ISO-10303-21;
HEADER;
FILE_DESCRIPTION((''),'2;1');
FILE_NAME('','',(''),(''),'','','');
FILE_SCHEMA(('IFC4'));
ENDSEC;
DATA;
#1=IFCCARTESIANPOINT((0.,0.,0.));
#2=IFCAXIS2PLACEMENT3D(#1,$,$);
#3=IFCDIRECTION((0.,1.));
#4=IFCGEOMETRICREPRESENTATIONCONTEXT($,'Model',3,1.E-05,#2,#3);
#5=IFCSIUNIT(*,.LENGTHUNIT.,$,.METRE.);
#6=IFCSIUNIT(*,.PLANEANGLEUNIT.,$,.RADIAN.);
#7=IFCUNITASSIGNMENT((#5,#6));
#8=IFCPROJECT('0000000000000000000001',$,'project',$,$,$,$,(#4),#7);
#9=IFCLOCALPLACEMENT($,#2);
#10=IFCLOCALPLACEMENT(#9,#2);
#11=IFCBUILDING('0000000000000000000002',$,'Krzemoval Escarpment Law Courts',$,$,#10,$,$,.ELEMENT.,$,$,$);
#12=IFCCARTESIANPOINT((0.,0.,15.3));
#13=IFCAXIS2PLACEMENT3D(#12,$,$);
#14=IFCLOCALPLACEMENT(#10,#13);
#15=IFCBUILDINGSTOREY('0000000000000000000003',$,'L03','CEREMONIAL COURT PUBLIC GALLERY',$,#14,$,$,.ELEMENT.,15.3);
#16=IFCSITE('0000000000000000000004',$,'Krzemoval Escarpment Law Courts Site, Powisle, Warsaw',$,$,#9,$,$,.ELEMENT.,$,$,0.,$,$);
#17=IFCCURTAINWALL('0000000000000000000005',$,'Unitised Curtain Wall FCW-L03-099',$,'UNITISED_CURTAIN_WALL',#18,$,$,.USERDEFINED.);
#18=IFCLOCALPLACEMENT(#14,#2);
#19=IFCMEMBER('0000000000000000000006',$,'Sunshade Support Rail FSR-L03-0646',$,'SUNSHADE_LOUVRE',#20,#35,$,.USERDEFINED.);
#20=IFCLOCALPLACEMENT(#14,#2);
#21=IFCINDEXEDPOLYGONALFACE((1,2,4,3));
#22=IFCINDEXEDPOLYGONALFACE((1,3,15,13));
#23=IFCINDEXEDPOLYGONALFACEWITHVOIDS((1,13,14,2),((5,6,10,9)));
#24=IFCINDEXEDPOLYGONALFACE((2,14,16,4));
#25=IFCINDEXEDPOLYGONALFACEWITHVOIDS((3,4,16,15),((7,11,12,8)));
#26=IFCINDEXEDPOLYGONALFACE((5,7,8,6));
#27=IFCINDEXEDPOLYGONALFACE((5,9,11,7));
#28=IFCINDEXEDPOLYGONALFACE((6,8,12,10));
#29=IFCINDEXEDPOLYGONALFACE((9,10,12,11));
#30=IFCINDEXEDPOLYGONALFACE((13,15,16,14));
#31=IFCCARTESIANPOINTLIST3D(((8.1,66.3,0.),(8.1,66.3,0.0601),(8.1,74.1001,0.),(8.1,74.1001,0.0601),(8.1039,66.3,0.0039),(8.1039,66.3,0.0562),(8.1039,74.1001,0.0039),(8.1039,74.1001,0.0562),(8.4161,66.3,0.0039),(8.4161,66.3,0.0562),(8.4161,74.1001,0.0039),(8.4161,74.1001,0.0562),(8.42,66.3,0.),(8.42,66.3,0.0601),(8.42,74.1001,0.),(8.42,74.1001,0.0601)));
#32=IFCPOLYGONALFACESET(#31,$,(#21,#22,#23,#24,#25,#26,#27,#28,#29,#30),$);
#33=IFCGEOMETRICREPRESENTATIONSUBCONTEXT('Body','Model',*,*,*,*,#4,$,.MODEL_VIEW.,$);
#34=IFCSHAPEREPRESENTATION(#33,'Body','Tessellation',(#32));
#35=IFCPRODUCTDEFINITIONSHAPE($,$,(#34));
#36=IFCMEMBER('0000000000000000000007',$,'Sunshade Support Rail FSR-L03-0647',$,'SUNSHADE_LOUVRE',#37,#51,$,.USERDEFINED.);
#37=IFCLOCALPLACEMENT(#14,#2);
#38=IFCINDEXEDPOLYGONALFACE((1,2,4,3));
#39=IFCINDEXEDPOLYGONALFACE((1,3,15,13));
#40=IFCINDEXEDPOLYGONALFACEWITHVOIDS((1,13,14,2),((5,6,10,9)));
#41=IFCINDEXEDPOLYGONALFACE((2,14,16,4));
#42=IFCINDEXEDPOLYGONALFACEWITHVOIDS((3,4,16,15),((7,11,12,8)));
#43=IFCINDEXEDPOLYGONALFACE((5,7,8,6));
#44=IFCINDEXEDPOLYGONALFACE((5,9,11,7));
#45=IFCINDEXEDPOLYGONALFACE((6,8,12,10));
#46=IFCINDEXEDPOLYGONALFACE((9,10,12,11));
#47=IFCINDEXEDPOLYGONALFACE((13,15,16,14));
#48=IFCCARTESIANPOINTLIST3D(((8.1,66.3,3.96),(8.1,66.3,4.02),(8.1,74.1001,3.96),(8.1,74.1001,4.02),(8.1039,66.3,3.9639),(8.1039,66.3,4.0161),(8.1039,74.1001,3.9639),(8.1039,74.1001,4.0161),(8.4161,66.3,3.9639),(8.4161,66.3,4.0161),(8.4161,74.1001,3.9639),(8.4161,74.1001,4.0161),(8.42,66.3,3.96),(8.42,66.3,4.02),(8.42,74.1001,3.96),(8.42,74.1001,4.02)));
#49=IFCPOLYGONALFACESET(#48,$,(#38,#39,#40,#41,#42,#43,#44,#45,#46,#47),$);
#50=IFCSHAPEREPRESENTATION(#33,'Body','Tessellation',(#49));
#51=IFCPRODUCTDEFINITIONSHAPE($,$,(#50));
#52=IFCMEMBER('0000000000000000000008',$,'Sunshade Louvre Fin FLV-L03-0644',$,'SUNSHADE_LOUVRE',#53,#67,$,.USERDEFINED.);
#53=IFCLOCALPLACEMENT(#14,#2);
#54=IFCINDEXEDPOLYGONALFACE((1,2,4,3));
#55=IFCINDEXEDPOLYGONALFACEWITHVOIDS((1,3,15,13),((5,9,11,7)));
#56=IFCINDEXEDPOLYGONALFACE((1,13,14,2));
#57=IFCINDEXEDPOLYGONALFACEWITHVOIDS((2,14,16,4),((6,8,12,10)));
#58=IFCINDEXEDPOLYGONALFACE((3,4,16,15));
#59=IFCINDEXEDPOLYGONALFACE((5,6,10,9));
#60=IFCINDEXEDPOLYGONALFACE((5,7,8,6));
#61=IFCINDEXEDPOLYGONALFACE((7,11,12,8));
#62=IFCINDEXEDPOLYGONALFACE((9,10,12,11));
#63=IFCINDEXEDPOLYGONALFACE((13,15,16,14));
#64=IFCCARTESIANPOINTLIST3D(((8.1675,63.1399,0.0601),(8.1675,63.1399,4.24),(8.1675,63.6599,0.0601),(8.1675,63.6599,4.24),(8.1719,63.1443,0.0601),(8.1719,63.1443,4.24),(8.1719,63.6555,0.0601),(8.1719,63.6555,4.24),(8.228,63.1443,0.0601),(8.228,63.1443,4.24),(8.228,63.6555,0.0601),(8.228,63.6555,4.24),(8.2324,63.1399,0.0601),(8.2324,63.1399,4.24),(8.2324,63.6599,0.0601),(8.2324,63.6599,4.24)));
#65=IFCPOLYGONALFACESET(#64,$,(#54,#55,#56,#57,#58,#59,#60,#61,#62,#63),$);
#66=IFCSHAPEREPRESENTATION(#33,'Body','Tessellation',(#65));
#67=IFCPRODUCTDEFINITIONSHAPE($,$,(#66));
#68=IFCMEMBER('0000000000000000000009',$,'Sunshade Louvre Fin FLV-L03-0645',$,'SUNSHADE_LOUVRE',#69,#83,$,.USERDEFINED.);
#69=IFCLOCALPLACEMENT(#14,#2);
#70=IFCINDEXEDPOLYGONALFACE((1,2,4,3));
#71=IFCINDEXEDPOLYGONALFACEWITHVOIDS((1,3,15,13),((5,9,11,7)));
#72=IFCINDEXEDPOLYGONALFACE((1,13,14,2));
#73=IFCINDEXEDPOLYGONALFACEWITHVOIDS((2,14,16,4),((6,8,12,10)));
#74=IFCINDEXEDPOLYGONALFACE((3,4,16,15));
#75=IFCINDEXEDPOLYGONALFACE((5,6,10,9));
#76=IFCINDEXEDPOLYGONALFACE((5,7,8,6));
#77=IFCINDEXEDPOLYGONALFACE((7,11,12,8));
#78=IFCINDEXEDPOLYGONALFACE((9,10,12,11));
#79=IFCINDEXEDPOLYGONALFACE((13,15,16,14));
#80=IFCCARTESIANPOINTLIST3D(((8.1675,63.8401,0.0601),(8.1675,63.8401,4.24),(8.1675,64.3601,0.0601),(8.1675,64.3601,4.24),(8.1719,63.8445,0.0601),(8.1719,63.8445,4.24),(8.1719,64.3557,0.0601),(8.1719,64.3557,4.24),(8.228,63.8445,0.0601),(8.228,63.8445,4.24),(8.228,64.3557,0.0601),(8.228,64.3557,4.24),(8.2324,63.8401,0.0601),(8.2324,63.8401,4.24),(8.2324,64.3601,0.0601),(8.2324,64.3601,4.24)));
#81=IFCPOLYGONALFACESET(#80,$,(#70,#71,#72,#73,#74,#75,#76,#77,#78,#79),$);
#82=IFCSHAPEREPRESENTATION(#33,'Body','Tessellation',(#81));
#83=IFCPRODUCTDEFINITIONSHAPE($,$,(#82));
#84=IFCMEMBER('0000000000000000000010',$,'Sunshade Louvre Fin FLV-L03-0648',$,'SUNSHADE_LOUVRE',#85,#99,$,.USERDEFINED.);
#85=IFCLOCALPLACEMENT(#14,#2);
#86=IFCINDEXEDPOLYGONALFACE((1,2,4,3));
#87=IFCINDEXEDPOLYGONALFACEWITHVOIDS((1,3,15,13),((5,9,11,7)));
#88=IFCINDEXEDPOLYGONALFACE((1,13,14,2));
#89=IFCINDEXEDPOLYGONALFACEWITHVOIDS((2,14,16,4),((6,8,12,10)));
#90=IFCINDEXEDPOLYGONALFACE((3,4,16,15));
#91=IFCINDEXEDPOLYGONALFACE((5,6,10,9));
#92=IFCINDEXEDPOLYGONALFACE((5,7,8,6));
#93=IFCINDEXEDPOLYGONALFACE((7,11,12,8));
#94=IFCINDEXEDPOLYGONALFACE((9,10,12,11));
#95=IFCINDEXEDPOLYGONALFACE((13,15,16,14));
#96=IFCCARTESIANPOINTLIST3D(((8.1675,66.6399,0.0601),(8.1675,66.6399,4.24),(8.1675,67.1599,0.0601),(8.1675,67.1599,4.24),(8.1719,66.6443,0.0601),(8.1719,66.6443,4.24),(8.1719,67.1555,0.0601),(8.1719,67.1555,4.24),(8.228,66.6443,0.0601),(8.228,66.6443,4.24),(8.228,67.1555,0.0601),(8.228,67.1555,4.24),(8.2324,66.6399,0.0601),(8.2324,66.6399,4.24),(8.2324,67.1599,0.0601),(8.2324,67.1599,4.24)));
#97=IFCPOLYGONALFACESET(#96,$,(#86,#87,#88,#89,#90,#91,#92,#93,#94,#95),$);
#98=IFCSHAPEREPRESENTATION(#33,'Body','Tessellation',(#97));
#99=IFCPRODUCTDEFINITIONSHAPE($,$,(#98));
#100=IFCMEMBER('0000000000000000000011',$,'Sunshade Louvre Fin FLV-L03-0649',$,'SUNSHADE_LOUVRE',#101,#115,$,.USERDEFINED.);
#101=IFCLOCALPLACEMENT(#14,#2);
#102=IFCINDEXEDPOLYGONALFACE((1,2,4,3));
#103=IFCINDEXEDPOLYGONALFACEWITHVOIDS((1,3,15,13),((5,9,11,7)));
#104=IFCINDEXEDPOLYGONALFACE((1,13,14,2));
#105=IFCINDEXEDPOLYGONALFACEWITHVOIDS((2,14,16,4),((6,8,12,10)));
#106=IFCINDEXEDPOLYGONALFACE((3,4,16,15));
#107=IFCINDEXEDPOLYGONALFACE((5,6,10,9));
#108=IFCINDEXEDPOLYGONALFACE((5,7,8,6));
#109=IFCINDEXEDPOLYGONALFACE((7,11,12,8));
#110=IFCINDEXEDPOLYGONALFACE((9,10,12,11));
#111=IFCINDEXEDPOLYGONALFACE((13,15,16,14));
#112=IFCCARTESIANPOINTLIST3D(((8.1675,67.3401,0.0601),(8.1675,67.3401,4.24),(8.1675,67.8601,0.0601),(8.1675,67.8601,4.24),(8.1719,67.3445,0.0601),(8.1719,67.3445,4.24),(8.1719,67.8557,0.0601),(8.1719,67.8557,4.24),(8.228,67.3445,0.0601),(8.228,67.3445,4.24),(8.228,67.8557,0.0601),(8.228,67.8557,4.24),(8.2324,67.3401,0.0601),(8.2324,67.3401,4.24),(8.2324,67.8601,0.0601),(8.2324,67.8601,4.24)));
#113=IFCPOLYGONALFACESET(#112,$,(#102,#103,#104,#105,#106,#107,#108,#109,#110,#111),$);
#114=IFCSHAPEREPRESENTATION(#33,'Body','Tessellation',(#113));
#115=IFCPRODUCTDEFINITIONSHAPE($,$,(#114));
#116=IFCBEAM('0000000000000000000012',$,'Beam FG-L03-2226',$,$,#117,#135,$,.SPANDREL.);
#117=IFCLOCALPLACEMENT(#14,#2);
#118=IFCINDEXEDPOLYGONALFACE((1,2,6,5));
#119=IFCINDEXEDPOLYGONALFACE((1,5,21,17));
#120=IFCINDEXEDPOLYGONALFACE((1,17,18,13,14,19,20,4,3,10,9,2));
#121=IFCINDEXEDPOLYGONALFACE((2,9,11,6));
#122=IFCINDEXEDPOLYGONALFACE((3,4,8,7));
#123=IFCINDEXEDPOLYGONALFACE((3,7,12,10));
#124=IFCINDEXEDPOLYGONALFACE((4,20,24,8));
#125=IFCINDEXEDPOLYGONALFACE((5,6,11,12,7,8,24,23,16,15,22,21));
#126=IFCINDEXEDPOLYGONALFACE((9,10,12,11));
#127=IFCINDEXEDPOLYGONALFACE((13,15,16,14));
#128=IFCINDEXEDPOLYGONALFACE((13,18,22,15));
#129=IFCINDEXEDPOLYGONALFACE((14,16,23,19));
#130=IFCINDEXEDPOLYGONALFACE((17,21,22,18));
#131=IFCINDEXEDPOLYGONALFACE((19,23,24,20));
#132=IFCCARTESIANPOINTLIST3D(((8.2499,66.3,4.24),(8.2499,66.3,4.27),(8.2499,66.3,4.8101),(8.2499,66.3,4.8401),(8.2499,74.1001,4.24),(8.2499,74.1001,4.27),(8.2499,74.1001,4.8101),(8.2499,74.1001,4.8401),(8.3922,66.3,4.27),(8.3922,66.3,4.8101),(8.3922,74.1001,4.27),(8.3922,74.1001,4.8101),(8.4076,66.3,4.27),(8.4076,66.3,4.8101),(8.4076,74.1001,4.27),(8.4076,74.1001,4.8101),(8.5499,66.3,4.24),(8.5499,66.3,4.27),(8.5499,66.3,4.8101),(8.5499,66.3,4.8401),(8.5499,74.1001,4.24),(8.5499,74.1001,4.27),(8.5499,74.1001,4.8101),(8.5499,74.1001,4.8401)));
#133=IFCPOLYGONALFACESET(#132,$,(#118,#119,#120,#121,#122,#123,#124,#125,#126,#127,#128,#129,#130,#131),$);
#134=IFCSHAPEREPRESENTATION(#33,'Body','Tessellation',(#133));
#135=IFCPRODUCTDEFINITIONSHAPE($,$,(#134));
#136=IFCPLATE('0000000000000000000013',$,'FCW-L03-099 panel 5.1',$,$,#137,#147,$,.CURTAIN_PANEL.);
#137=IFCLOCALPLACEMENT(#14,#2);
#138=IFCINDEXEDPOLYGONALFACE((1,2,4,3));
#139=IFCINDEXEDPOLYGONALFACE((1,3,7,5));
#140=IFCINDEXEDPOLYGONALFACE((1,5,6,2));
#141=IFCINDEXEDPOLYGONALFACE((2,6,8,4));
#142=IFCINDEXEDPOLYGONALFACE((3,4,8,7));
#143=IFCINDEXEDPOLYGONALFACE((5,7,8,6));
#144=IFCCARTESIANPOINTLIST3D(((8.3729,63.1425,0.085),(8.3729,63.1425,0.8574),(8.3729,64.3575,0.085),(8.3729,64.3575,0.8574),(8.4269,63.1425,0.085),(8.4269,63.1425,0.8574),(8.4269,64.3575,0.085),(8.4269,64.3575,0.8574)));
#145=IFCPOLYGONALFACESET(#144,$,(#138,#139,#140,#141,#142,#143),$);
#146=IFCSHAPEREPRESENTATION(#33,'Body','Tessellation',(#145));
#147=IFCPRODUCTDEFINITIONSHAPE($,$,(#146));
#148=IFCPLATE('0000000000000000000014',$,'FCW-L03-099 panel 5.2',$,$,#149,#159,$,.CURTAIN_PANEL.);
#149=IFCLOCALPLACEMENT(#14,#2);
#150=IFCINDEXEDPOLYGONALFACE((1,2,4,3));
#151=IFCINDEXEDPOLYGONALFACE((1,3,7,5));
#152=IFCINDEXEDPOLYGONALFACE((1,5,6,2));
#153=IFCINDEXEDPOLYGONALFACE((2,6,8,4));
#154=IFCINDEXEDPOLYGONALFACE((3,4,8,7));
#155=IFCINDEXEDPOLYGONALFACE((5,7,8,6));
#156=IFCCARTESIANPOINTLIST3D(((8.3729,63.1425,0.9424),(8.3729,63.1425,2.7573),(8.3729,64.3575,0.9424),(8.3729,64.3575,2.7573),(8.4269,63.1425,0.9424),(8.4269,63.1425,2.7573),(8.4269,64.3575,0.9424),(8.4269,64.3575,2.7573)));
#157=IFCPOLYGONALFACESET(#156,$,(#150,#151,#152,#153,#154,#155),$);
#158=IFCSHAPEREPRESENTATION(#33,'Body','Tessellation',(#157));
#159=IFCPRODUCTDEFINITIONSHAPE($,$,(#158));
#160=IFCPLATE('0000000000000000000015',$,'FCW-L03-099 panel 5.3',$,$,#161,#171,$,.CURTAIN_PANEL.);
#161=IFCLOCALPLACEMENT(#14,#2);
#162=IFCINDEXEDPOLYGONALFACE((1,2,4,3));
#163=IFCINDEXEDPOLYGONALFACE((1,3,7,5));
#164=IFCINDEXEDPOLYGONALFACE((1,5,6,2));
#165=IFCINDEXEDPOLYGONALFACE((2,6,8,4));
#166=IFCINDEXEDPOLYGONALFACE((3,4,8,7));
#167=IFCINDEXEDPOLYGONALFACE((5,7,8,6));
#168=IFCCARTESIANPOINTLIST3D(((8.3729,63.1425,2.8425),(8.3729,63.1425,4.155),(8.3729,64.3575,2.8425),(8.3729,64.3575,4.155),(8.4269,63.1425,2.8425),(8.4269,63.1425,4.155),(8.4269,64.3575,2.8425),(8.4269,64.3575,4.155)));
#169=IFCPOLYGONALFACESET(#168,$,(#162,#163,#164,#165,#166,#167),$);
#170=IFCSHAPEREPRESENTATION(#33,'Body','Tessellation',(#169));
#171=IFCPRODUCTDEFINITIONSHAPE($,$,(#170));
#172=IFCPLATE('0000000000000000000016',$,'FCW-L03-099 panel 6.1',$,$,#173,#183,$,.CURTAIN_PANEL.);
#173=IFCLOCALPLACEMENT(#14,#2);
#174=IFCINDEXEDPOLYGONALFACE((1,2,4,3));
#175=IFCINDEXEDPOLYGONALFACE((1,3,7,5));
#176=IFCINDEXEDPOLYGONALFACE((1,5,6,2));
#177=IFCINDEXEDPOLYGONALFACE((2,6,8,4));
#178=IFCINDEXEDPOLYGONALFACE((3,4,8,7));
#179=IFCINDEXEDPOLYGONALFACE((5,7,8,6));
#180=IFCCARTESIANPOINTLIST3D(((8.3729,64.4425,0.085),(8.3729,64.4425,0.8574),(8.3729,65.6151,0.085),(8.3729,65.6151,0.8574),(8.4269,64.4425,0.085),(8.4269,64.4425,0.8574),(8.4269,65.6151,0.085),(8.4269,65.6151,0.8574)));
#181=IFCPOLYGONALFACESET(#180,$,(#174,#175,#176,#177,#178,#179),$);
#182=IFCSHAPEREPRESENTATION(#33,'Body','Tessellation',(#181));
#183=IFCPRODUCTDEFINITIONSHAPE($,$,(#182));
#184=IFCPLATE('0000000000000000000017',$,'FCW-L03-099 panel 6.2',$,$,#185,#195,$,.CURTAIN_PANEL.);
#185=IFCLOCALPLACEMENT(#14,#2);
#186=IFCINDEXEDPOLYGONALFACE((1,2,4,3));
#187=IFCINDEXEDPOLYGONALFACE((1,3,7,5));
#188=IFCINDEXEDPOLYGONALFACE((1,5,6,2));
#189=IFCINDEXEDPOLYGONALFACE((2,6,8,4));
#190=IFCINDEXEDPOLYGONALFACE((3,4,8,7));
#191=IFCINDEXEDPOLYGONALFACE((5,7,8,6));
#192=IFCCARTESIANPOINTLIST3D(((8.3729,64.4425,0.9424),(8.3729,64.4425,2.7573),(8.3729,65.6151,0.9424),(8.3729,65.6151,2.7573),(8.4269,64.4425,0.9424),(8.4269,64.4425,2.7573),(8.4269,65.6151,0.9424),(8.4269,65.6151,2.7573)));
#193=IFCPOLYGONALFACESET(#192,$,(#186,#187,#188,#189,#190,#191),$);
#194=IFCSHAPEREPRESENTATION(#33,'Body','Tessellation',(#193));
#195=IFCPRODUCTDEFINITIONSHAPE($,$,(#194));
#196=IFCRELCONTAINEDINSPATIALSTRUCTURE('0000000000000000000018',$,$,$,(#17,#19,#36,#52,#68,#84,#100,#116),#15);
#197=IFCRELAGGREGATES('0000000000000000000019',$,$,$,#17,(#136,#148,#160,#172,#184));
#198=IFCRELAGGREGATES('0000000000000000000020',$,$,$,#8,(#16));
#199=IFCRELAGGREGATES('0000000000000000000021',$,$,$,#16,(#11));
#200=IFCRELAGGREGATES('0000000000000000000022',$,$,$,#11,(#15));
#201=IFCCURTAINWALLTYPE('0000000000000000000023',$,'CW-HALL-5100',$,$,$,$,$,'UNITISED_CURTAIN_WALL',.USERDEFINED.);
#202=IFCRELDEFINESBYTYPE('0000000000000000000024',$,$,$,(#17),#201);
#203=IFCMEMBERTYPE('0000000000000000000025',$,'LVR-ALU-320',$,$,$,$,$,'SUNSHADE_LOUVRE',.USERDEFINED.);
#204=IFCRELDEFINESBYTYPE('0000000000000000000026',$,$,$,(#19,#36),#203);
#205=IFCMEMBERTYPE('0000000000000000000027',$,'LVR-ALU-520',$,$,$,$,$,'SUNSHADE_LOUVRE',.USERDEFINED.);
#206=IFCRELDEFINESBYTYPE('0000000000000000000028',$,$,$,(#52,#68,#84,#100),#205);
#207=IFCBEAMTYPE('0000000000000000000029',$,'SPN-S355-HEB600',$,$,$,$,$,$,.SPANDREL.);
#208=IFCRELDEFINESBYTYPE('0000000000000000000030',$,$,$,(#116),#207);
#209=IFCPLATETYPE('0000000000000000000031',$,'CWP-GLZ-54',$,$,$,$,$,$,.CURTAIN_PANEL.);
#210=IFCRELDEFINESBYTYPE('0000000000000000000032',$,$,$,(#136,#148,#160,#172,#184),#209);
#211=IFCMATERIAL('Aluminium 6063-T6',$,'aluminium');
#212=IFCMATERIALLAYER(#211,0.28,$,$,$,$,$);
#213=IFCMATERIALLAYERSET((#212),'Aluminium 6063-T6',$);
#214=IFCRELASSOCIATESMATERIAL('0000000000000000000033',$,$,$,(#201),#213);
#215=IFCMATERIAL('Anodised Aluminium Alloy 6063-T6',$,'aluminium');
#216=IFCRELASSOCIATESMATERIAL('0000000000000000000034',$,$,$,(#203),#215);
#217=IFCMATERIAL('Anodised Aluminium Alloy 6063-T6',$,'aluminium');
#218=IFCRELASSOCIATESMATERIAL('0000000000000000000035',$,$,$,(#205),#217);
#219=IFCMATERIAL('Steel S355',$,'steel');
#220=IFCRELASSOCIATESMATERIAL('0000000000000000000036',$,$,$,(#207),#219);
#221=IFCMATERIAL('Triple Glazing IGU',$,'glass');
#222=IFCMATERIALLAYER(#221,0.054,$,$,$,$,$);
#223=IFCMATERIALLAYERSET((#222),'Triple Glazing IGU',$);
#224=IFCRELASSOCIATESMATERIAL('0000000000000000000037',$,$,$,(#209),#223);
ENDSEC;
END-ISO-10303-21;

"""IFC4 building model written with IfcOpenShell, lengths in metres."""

from ifc_helpers import new_model, si_unit, direction, frame, origin, origin_2d, place, context, subcontext, project, spatial, rectangle, hollow_rectangle, i_section, extrude, material, layer, layer_set, material_profile, profile_set, type_object, element, aggregate, save


model = new_model("IFC4")

# Units and contexts
model_context = context("Model", 3, precision=1e-05, world=origin(), true_north=direction((0.0, 1.0)))
body_context = subcontext(model_context, "Body", "Model", "MODEL_VIEW")
ifc_project = project(units=[si_unit("LENGTHUNIT", "METRE"), si_unit("PLANEANGLEUNIT", "RADIAN")], contexts=[model_context])

# Site, building, storey
site_placement = place(None, origin())
site = spatial("IfcSite", under=ifc_project, at=site_placement, Name="Krzemoval Escarpment Law Courts Site, Powisle, Warsaw", CompositionType="ELEMENT", RefElevation=0.0)
building_placement = place(site_placement, origin())
building = spatial("IfcBuilding", under=site, at=building_placement, Name="Krzemoval Escarpment Law Courts", CompositionType="ELEMENT")
storey_placement = place(building_placement, frame((0.0, 0.0, 15.3)))
storey = spatial("IfcBuildingStorey", under=building, at=storey_placement, Name="L03", Description="CEREMONIAL COURT PUBLIC GALLERY", CompositionType="ELEMENT", Elevation=15.3)

# Curtain wall
ifc_material_1 = material(Name="Aluminium 6063-T6", Category="aluminium")
ifc_layer_1 = layer(ifc_material_1, 0.28)
ifc_layer_set_1 = layer_set([ifc_layer_1], Name="Aluminium 6063-T6")
curtain_wall_type = type_object("IfcCurtainWallType", Name="CW-HALL-5100", ElementType="UNITISED_CURTAIN_WALL", PredefinedType="USERDEFINED", material=ifc_layer_set_1)
curtain_wall_1_placement = place(storey_placement, origin())
curtain_wall_1 = element("IfcCurtainWall", 1, at=curtain_wall_1_placement, inside=storey, type_object=curtain_wall_type, Name="Unitised Curtain Wall FCW-L03-099", ObjectType="UNITISED_CURTAIN_WALL", PredefinedType="USERDEFINED")

# Members
ifc_material_2 = material(Name="Anodised Aluminium Alloy 6063-T6", Category="aluminium")
ifc_material_profile_1 = material_profile(ifc_material_2, hollow_rectangle(XDim=0.0601, YDim=0.3201, WallThickness=0.0039, at=origin_2d()), Name="ALU LVR 60x320")
ifc_profile_set_1 = profile_set([ifc_material_profile_1], Name="Anodised Aluminium Alloy 6063-T6")
member_type_1 = type_object("IfcMemberType", Name="LVR-ALU-320", ElementType="SUNSHADE_LOUVRE", PredefinedType="USERDEFINED", material=ifc_profile_set_1)
for number, where, z_axis, x_axis, name in (
    (2, (8.26, 66.3, 0.03), (0.0, 1.0, 0.0), (0.0, 0.0, 1.0), "Sunshade Support Rail FSR-L03-0646"),
    (3, (8.26, 66.3, 3.99), (0.0, 1.0, 0.0), (0.0, 0.0, 1.0), "Sunshade Support Rail FSR-L03-0647"),
):
    element("IfcMember", number, at=place(storey_placement, frame(where, z_axis=z_axis, x_axis=x_axis)), inside=storey, type_object=member_type_1, Name=name, ObjectType="SUNSHADE_LOUVRE", PredefinedType="USERDEFINED", context=body_context, shape_type="SweptSolid", body=[
        extrude(hollow_rectangle(XDim=0.0601, YDim=0.3201, WallThickness=0.0039, at=origin_2d()), origin(), (0.0, 0.0, 1.0), 7.8),
    ])
ifc_material_3 = material(Name="Anodised Aluminium Alloy 6063-T6", Category="aluminium")
ifc_material_profile_2 = material_profile(ifc_material_3, hollow_rectangle(XDim=0.0649, YDim=0.52, WallThickness=0.0044, at=origin_2d()), Name="ALU LVR 65x520")
ifc_profile_set_2 = profile_set([ifc_material_profile_2], Name="Anodised Aluminium Alloy 6063-T6")
member_type_2 = type_object("IfcMemberType", Name="LVR-ALU-520", ElementType="SUNSHADE_LOUVRE", PredefinedType="USERDEFINED", material=ifc_profile_set_2)
for number, where, z_axis, x_axis, name in (
    (4, (8.2, 63.3999, 0.0601), (0.0, 0.0, 1.0), (1.0, 0.0, 0.0), "Sunshade Louvre Fin FLV-L03-0644"),
    (5, (8.2, 64.1001, 0.0601), (0.0, 0.0, 1.0), (1.0, 0.0, 0.0), "Sunshade Louvre Fin FLV-L03-0645"),
    (6, (8.2, 66.8999, 0.0601), (0.0, 0.0, 1.0), (1.0, 0.0, 0.0), "Sunshade Louvre Fin FLV-L03-0648"),
    (7, (8.2, 67.6001, 0.0601), (0.0, 0.0, 1.0), (1.0, 0.0, 0.0), "Sunshade Louvre Fin FLV-L03-0649"),
):
    element("IfcMember", number, at=place(storey_placement, frame(where, z_axis=z_axis, x_axis=x_axis)), inside=storey, type_object=member_type_2, Name=name, ObjectType="SUNSHADE_LOUVRE", PredefinedType="USERDEFINED", context=body_context, shape_type="SweptSolid", body=[
        extrude(hollow_rectangle(XDim=0.0649, YDim=0.52, WallThickness=0.0044, at=origin_2d()), origin(), (0.0, 0.0, 1.0), 4.1799),
    ])

# Beam
ifc_material_4 = material(Name="Steel S355", Category="steel")
ifc_material_profile_3 = material_profile(ifc_material_4, i_section(OverallWidth=0.3, OverallDepth=0.6001, WebThickness=0.0154, FlangeThickness=0.03, at=origin_2d()), Name="HEB 600")
ifc_profile_set_3 = profile_set([ifc_material_profile_3], Name="Steel S355")
beam_type = type_object("IfcBeamType", Name="SPN-S355-HEB600", PredefinedType="SPANDREL", material=ifc_profile_set_3)
beam_placement = place(storey_placement, frame((8.3999, 66.3, 4.54), z_axis=(0.0, 1.0, 0.0), x_axis=(-1.0, 0.0, 0.0)))
element("IfcBeam", 8, at=beam_placement, inside=storey, type_object=beam_type, Name="Beam FG-L03-2226", PredefinedType="SPANDREL", context=body_context, shape_type="SweptSolid", body=[
    extrude(i_section(OverallWidth=0.3, OverallDepth=0.6001, WebThickness=0.0154, FlangeThickness=0.03, at=origin_2d()), origin(), (0.0, 0.0, 1.0), 7.8),
])

# Plates
ifc_material_5 = material(Name="Triple Glazing IGU", Category="glass")
ifc_layer_2 = layer(ifc_material_5, 0.054)
ifc_layer_set_2 = layer_set([ifc_layer_2], Name="Triple Glazing IGU")
plate_type = type_object("IfcPlateType", Name="CWP-GLZ-54", PredefinedType="CURTAIN_PANEL", material=ifc_layer_set_2)
plate_1_placement = place(storey_placement, frame((8.3999, 63.75, 0.085), z_axis=(0.0, 0.0, 1.0), x_axis=(0.0, 1.0, 0.0)))
plate_1 = element("IfcPlate", 9, at=plate_1_placement, type_object=plate_type, Name="FCW-L03-099 panel 5.1", PredefinedType="CURTAIN_PANEL", context=body_context, shape_type="SweptSolid", body=[
    extrude(rectangle(XDim=1.2151, YDim=0.054, at=origin_2d()), origin(), (0.0, 0.0, 1.0), 0.7725),
])
plate_2_placement = place(storey_placement, frame((8.3999, 63.75, 0.9424), z_axis=(0.0, 0.0, 1.0), x_axis=(0.0, 1.0, 0.0)))
plate_2 = element("IfcPlate", 10, at=plate_2_placement, type_object=plate_type, Name="FCW-L03-099 panel 5.2", PredefinedType="CURTAIN_PANEL", context=body_context, shape_type="SweptSolid", body=[
    extrude(rectangle(XDim=1.2151, YDim=0.054, at=origin_2d()), origin(), (0.0, 0.0, 1.0), 1.8149),
])
plate_3_placement = place(storey_placement, frame((8.3999, 63.75, 2.8425), z_axis=(0.0, 0.0, 1.0), x_axis=(0.0, 1.0, 0.0)))
plate_3 = element("IfcPlate", 11, at=plate_3_placement, type_object=plate_type, Name="FCW-L03-099 panel 5.3", PredefinedType="CURTAIN_PANEL", context=body_context, shape_type="SweptSolid", body=[
    extrude(rectangle(XDim=1.2151, YDim=0.054, at=origin_2d()), origin(), (0.0, 0.0, 1.0), 1.3125),
])
plate_4_placement = place(storey_placement, frame((8.3999, 65.0288, 0.085), z_axis=(0.0, 0.0, 1.0), x_axis=(0.0, 1.0, 0.0)))
plate_4 = element("IfcPlate", 12, at=plate_4_placement, type_object=plate_type, Name="FCW-L03-099 panel 6.1", PredefinedType="CURTAIN_PANEL", context=body_context, shape_type="SweptSolid", body=[
    extrude(rectangle(XDim=1.1726, YDim=0.054, at=origin_2d()), origin(), (0.0, 0.0, 1.0), 0.7725),
])
plate_5_placement = place(storey_placement, frame((8.3999, 65.0288, 0.9424), z_axis=(0.0, 0.0, 1.0), x_axis=(0.0, 1.0, 0.0)))
plate_5 = element("IfcPlate", 13, at=plate_5_placement, type_object=plate_type, Name="FCW-L03-099 panel 6.2", PredefinedType="CURTAIN_PANEL", context=body_context, shape_type="SweptSolid", body=[
    extrude(rectangle(XDim=1.1726, YDim=0.054, at=origin_2d()), origin(), (0.0, 0.0, 1.0), 1.8149),
])
aggregate(curtain_wall_1, [plate_1, plate_2, plate_3, plate_4, plate_5])

save(model, "model.ifc")
